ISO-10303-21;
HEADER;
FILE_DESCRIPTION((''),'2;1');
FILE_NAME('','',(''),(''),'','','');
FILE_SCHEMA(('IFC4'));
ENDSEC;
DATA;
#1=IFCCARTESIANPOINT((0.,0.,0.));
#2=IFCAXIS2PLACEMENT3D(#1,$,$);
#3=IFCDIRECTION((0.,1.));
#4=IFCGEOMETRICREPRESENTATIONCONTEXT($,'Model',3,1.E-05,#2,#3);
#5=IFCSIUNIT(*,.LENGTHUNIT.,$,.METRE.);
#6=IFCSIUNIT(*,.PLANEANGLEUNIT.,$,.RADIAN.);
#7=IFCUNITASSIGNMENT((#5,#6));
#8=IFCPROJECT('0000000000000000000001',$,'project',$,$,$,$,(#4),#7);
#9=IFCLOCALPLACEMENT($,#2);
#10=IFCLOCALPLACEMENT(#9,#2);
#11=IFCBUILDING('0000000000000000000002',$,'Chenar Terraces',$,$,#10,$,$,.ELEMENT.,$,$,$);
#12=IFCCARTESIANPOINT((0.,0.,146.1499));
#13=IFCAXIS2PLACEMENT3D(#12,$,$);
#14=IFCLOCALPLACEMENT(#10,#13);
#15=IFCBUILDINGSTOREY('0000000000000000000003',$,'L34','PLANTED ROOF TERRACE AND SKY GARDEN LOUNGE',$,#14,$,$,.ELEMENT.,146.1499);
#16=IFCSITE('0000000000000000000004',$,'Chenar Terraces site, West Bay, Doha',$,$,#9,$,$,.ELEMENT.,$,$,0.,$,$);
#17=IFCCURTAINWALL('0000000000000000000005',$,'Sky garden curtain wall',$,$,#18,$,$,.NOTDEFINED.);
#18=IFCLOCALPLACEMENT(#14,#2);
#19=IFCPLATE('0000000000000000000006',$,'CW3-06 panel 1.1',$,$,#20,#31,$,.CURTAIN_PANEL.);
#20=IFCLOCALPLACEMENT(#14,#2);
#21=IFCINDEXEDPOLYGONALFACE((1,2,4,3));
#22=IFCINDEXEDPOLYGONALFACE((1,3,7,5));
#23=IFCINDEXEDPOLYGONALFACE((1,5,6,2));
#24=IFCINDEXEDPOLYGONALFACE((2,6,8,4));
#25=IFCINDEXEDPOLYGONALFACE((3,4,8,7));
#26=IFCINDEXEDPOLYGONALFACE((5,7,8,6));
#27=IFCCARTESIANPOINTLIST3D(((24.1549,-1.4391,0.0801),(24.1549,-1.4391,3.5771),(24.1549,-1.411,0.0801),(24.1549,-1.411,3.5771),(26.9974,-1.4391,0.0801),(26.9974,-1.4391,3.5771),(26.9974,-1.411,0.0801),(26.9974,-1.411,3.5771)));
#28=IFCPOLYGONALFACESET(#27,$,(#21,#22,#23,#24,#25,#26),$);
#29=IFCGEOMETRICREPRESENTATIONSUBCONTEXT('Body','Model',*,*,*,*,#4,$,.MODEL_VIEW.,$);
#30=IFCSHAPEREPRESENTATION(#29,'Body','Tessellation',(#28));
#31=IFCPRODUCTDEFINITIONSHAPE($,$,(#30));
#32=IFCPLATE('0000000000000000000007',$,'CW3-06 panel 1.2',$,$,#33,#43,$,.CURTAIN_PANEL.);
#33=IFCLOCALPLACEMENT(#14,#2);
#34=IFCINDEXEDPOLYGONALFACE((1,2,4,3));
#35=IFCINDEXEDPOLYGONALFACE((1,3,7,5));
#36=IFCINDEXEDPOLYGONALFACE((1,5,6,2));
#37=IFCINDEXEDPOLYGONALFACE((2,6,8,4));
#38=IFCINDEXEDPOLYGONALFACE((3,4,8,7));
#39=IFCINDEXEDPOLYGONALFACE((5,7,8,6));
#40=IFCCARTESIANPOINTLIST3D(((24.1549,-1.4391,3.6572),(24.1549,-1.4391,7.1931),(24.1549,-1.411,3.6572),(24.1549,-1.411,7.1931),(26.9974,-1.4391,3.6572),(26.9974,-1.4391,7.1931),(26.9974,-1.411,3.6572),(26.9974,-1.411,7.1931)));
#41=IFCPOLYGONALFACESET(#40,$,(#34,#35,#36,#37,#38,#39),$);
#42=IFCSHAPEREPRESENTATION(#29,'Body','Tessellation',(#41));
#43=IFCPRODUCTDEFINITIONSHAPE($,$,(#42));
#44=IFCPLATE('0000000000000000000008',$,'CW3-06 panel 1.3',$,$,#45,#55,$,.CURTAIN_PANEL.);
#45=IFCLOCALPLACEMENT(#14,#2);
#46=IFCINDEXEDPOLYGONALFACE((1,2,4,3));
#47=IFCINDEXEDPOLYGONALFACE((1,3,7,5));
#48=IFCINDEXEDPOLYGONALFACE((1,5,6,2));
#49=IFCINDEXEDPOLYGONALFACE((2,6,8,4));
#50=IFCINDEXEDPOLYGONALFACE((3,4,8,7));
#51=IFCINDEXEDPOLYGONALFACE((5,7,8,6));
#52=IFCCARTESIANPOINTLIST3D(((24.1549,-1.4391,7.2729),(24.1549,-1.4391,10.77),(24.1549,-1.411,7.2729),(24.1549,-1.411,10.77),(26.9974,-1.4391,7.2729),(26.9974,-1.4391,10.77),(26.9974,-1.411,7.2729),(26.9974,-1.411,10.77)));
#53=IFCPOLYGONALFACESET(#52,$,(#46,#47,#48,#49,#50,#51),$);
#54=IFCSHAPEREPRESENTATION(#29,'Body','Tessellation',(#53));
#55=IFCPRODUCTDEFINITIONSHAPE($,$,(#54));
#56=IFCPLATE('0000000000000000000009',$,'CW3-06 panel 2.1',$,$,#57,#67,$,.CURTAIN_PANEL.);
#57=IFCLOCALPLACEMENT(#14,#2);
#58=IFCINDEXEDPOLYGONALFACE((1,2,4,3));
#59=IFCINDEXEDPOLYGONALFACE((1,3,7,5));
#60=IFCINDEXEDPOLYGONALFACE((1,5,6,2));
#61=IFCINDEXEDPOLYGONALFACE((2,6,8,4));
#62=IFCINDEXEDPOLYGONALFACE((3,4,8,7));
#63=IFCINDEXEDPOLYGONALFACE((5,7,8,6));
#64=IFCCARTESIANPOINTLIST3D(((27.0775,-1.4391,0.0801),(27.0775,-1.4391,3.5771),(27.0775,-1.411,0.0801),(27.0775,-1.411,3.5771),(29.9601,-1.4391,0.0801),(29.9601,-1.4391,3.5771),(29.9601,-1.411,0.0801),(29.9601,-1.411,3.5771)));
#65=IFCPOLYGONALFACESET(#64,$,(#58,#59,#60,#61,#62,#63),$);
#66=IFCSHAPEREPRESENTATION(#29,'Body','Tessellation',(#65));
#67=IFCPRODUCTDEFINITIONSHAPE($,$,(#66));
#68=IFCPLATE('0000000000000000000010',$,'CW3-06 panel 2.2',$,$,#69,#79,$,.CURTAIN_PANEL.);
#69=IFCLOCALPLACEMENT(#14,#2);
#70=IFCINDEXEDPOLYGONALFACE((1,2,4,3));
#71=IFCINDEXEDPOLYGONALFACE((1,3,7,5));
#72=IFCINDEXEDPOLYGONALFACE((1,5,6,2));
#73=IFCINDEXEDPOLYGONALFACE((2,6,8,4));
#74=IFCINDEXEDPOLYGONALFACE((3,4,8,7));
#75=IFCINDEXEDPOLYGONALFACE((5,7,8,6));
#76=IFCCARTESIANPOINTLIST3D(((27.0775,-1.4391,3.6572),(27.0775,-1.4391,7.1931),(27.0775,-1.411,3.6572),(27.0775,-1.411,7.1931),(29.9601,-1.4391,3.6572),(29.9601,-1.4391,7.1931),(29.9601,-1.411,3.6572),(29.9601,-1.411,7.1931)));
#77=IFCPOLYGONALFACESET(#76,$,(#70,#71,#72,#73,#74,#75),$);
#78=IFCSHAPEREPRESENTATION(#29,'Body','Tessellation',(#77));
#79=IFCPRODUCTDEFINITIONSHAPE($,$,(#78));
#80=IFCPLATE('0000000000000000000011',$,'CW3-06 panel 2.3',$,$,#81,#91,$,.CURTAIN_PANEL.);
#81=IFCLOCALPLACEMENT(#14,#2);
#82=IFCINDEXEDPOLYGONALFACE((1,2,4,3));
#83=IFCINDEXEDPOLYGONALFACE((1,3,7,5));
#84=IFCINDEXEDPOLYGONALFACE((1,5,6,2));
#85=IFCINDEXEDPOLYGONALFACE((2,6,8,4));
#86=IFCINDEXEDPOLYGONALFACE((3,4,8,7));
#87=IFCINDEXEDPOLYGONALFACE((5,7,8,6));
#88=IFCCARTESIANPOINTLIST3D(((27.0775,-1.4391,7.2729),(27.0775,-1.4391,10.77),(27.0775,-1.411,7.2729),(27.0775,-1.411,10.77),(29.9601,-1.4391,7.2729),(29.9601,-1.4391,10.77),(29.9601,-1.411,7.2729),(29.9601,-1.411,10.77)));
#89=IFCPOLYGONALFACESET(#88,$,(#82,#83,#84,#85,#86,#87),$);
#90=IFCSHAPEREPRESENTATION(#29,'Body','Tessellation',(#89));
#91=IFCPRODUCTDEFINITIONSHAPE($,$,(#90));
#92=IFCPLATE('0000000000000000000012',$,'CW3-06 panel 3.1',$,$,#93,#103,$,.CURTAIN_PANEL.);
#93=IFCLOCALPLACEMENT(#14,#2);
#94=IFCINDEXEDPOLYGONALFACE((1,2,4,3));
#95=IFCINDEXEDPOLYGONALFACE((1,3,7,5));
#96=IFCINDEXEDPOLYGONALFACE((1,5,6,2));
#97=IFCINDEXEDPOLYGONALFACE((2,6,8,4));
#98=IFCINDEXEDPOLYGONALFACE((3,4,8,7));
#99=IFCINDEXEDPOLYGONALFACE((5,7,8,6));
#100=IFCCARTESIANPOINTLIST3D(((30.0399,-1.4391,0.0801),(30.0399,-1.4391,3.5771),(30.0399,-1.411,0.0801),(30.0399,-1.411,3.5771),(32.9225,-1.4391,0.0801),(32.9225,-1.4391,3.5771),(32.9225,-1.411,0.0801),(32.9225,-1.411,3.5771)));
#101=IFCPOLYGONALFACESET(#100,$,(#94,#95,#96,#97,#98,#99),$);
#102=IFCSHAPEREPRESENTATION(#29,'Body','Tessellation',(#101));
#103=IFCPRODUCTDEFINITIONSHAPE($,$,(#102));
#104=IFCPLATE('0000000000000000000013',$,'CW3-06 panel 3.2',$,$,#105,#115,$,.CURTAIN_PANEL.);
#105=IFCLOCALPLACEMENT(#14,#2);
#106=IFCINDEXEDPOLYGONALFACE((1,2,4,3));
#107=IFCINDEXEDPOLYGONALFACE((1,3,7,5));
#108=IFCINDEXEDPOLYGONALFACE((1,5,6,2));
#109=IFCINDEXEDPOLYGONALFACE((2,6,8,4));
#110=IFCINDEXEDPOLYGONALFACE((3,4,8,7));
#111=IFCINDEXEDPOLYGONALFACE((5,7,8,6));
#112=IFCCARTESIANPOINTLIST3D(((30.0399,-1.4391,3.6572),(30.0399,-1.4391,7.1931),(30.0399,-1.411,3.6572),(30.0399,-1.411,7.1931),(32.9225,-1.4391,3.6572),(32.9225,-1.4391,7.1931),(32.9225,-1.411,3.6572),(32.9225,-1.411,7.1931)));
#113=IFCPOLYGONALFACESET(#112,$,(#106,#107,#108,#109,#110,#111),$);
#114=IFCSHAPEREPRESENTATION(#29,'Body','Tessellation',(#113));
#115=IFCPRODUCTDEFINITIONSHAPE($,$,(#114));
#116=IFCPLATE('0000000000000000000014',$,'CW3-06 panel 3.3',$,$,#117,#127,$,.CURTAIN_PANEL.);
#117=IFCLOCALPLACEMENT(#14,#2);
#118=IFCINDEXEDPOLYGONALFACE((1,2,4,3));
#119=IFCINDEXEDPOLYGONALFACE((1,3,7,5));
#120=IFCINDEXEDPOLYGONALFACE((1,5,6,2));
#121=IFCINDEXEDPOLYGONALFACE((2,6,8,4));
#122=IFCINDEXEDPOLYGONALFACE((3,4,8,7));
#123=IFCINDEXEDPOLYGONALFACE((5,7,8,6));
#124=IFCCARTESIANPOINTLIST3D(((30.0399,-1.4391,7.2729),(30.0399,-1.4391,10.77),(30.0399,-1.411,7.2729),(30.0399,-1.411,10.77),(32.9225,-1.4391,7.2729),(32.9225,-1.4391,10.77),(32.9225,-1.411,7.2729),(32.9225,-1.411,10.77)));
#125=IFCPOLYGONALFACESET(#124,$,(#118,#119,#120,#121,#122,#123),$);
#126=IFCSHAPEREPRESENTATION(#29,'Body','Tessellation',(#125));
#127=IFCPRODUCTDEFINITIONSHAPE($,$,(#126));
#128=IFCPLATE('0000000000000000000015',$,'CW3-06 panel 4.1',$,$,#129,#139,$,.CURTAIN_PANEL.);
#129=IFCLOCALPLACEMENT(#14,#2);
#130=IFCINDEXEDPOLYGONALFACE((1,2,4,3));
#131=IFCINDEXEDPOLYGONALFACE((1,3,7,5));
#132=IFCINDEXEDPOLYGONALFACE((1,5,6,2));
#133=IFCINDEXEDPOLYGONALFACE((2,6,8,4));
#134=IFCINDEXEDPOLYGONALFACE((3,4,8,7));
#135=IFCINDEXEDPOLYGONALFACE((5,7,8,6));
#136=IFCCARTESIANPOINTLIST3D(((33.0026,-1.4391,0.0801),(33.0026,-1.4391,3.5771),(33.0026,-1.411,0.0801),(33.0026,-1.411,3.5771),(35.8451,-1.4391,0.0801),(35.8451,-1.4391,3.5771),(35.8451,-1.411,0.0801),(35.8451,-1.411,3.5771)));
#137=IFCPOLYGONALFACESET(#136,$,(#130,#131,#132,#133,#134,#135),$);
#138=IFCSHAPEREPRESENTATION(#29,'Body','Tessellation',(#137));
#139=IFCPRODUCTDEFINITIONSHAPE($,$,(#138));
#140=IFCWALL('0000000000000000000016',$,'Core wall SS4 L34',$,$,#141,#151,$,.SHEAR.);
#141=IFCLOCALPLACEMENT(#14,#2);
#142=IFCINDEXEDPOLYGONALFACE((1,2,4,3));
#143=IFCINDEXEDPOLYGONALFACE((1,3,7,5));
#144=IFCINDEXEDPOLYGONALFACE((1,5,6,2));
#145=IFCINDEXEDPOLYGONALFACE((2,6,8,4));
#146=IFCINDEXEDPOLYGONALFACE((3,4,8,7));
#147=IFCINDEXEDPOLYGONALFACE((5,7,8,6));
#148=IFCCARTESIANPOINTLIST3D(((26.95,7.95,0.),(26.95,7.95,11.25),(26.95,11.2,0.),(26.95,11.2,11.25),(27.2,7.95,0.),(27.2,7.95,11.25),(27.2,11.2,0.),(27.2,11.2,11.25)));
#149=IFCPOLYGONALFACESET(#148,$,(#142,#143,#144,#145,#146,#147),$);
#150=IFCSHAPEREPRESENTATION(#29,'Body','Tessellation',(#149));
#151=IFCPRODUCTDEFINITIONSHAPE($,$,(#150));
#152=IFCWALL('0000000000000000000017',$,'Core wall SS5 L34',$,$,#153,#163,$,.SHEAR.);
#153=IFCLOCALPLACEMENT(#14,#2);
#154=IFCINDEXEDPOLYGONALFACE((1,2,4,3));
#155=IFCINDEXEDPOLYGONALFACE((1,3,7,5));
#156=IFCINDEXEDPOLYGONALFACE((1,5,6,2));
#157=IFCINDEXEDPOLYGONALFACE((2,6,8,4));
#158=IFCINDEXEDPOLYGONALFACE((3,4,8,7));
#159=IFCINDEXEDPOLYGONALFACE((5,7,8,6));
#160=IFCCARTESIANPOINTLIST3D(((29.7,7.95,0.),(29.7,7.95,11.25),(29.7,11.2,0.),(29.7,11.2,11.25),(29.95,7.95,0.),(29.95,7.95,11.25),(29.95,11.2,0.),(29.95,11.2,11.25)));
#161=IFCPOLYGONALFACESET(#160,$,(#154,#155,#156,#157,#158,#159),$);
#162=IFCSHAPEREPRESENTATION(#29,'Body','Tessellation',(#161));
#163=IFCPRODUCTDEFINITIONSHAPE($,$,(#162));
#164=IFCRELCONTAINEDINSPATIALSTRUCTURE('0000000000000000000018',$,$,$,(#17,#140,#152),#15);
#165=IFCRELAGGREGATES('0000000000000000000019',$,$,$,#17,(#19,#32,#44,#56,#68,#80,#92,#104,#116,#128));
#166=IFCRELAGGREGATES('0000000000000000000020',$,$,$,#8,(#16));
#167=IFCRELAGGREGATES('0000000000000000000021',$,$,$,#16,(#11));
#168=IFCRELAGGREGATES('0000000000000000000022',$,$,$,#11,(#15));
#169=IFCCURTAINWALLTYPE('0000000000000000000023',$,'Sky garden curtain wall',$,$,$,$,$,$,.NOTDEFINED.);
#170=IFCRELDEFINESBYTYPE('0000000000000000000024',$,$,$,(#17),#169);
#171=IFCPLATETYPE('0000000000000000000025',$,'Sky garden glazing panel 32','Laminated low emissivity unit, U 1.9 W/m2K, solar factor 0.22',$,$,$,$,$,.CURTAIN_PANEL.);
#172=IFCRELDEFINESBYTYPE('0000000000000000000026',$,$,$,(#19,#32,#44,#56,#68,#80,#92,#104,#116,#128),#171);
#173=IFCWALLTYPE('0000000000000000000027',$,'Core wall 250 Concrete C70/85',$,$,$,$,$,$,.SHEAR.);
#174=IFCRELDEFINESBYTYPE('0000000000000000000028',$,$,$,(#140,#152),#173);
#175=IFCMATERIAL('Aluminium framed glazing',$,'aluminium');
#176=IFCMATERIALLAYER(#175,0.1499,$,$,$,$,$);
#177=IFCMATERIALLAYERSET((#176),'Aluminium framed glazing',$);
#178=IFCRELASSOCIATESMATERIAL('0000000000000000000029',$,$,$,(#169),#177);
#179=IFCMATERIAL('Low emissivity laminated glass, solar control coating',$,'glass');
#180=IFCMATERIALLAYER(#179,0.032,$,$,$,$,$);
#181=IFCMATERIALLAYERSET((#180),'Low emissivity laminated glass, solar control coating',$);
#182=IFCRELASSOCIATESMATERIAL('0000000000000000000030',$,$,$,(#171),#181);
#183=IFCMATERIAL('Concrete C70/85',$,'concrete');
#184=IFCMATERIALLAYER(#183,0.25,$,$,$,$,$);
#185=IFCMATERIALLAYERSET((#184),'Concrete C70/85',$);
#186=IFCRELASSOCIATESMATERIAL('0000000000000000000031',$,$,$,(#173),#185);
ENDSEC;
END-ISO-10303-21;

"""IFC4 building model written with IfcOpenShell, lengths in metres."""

from ifc_helpers import new_model, si_unit, direction, frame, frame_2d, origin, origin_2d, place, context, subcontext, project, spatial, rectangle, extrude, material, layer, layer_set, type_object, element, aggregate, save


model = new_model("IFC4")

# Units and contexts
model_context = context("Model", 3, precision=1e-05, world=origin(), true_north=direction((0.0, 1.0)))
body_context = subcontext(model_context, "Body", "Model", "MODEL_VIEW")
ifc_project = project(units=[si_unit("LENGTHUNIT", "METRE"), si_unit("PLANEANGLEUNIT", "RADIAN")], contexts=[model_context])

# Site, building, storey
site_placement = place(None, origin())
site = spatial("IfcSite", under=ifc_project, at=site_placement, Name="Chenar Terraces site, West Bay, Doha", CompositionType="ELEMENT", RefElevation=0.0)
building_placement = place(site_placement, origin())
building = spatial("IfcBuilding", under=site, at=building_placement, Name="Chenar Terraces", CompositionType="ELEMENT")
storey_placement = place(building_placement, frame((0.0, 0.0, 146.1499)))
storey = spatial("IfcBuildingStorey", under=building, at=storey_placement, Name="L34", Description="PLANTED ROOF TERRACE AND SKY GARDEN LOUNGE", CompositionType="ELEMENT", Elevation=146.1499)

# Curtain wall, plates
ifc_material_1 = material(Name="Aluminium framed glazing", Category="aluminium")
ifc_layer_1 = layer(ifc_material_1, 0.1499)
ifc_layer_set_1 = layer_set([ifc_layer_1], Name="Aluminium framed glazing")
curtain_wall_type = type_object("IfcCurtainWallType", Name="Sky garden curtain wall", PredefinedType="NOTDEFINED", material=ifc_layer_set_1)
curtain_wall_placement = place(storey_placement, origin())
curtain_wall = element("IfcCurtainWall", 1, at=curtain_wall_placement, inside=storey, type_object=curtain_wall_type, Name="Sky garden curtain wall", PredefinedType="NOTDEFINED")
ifc_material_2 = material(Name="Low emissivity laminated glass, solar control coating", Category="glass")
ifc_layer_2 = layer(ifc_material_2, 0.032)
ifc_layer_set_2 = layer_set([ifc_layer_2], Name="Low emissivity laminated glass, solar control coating")
plate_type = type_object("IfcPlateType", Name="Sky garden glazing panel 32", Description="Laminated low emissivity unit, U 1.9 W/m2K, solar factor 0.22", PredefinedType="CURTAIN_PANEL", material=ifc_layer_set_2)
plate_1_placement = place(storey_placement, frame((25.5762, -1.425, 0.0801), z_axis=(0.0, 0.0, 1.0), x_axis=(1.0, 0.0, 0.0)))
plate_1 = element("IfcPlate", 2, at=plate_1_placement, type_object=plate_type, Name="CW3-06 panel 1.1", PredefinedType="CURTAIN_PANEL", context=body_context, shape_type="SweptSolid", body=[
    extrude(rectangle(XDim=2.8425, YDim=0.0281, at=origin_2d()), origin(), (0.0, 0.0, 1.0), 3.4971),
])
plate_2_placement = place(storey_placement, frame((25.5762, -1.425, 3.6572), z_axis=(0.0, 0.0, 1.0), x_axis=(1.0, 0.0, 0.0)))
plate_2 = element("IfcPlate", 3, at=plate_2_placement, type_object=plate_type, Name="CW3-06 panel 1.2", PredefinedType="CURTAIN_PANEL", context=body_context, shape_type="SweptSolid", body=[
    extrude(rectangle(XDim=2.8425, YDim=0.0281, at=origin_2d()), origin(), (0.0, 0.0, 1.0), 3.5359),
])
plate_3_placement = place(storey_placement, frame((25.5762, -1.425, 7.2729), z_axis=(0.0, 0.0, 1.0), x_axis=(1.0, 0.0, 0.0)))
plate_3 = element("IfcPlate", 4, at=plate_3_placement, type_object=plate_type, Name="CW3-06 panel 1.3", PredefinedType="CURTAIN_PANEL", context=body_context, shape_type="SweptSolid", body=[
    extrude(rectangle(XDim=2.8425, YDim=0.0281, at=origin_2d()), origin(), (0.0, 0.0, 1.0), 3.4971),
])
plate_4_placement = place(storey_placement, frame((28.5188, -1.425, 0.0801), z_axis=(0.0, 0.0, 1.0), x_axis=(1.0, 0.0, 0.0)))
plate_4 = element("IfcPlate", 5, at=plate_4_placement, type_object=plate_type, Name="CW3-06 panel 2.1", PredefinedType="CURTAIN_PANEL", context=body_context, shape_type="SweptSolid", body=[
    extrude(rectangle(XDim=2.8826, YDim=0.0281, at=origin_2d()), origin(), (0.0, 0.0, 1.0), 3.4971),
])
plate_5_placement = place(storey_placement, frame((28.5188, -1.425, 3.6572), z_axis=(0.0, 0.0, 1.0), x_axis=(1.0, 0.0, 0.0)))
plate_5 = element("IfcPlate", 6, at=plate_5_placement, type_object=plate_type, Name="CW3-06 panel 2.2", PredefinedType="CURTAIN_PANEL", context=body_context, shape_type="SweptSolid", body=[
    extrude(rectangle(XDim=2.8826, YDim=0.0281, at=origin_2d()), origin(), (0.0, 0.0, 1.0), 3.5359),
])
plate_6_placement = place(storey_placement, frame((28.5188, -1.425, 7.2729), z_axis=(0.0, 0.0, 1.0), x_axis=(1.0, 0.0, 0.0)))
plate_6 = element("IfcPlate", 7, at=plate_6_placement, type_object=plate_type, Name="CW3-06 panel 2.3", PredefinedType="CURTAIN_PANEL", context=body_context, shape_type="SweptSolid", body=[
    extrude(rectangle(XDim=2.8826, YDim=0.0281, at=origin_2d()), origin(), (0.0, 0.0, 1.0), 3.4971),
])
plate_7_placement = place(storey_placement, frame((31.4812, -1.425, 0.0801), z_axis=(0.0, 0.0, 1.0), x_axis=(1.0, 0.0, 0.0)))
plate_7 = element("IfcPlate", 8, at=plate_7_placement, type_object=plate_type, Name="CW3-06 panel 3.1", PredefinedType="CURTAIN_PANEL", context=body_context, shape_type="SweptSolid", body=[
    extrude(rectangle(XDim=2.8826, YDim=0.0281, at=origin_2d()), origin(), (0.0, 0.0, 1.0), 3.4971),
])
plate_8_placement = place(storey_placement, frame((31.4812, -1.425, 3.6572), z_axis=(0.0, 0.0, 1.0), x_axis=(1.0, 0.0, 0.0)))
plate_8 = element("IfcPlate", 9, at=plate_8_placement, type_object=plate_type, Name="CW3-06 panel 3.2", PredefinedType="CURTAIN_PANEL", context=body_context, shape_type="SweptSolid", body=[
    extrude(rectangle(XDim=2.8826, YDim=0.0281, at=origin_2d()), origin(), (0.0, 0.0, 1.0), 3.5359),
])
plate_9_placement = place(storey_placement, frame((31.4812, -1.425, 7.2729), z_axis=(0.0, 0.0, 1.0), x_axis=(1.0, 0.0, 0.0)))
plate_9 = element("IfcPlate", 10, at=plate_9_placement, type_object=plate_type, Name="CW3-06 panel 3.3", PredefinedType="CURTAIN_PANEL", context=body_context, shape_type="SweptSolid", body=[
    extrude(rectangle(XDim=2.8826, YDim=0.0281, at=origin_2d()), origin(), (0.0, 0.0, 1.0), 3.4971),
])
plate_10_placement = place(storey_placement, frame((34.4238, -1.425, 0.0801), z_axis=(0.0, 0.0, 1.0), x_axis=(1.0, 0.0, 0.0)))
plate_10 = element("IfcPlate", 11, at=plate_10_placement, type_object=plate_type, Name="CW3-06 panel 4.1", PredefinedType="CURTAIN_PANEL", context=body_context, shape_type="SweptSolid", body=[
    extrude(rectangle(XDim=2.8425, YDim=0.0281, at=origin_2d()), origin(), (0.0, 0.0, 1.0), 3.4971),
])
aggregate(curtain_wall, [plate_1, plate_2, plate_3, plate_4, plate_5, plate_6, plate_7, plate_8, plate_9, plate_10])

# Walls
ifc_material_3 = material(Name="Concrete C70/85", Category="concrete")
ifc_layer_3 = layer(ifc_material_3, 0.25)
ifc_layer_set_3 = layer_set([ifc_layer_3], Name="Concrete C70/85")
wall_type_1 = type_object("IfcWallType", Name="Core wall 250 Concrete C70/85", PredefinedType="SHEAR", material=ifc_layer_set_3)
for number, where, z_axis, x_axis, name in (
    (12, (27.075, 7.95, 0.0), (0.0, 0.0, 1.0), (0.0, 1.0, 0.0), "Core wall SS4 L34"),
    (13, (29.825, 7.95, 0.0), (0.0, 0.0, 1.0), (0.0, 1.0, 0.0), "Core wall SS5 L34"),
):
    element("IfcWall", number, at=place(storey_placement, frame(where, z_axis=z_axis, x_axis=x_axis)), inside=storey, type_object=wall_type_1, Name=name, PredefinedType="SHEAR", context=body_context, shape_type="SweptSolid", body=[
        extrude(rectangle(XDim=3.25, YDim=0.25, at=frame_2d((1.625, 0.0))), origin(), (0.0, 0.0, 1.0), 11.25),
    ])

save(model, "model.ifc")
